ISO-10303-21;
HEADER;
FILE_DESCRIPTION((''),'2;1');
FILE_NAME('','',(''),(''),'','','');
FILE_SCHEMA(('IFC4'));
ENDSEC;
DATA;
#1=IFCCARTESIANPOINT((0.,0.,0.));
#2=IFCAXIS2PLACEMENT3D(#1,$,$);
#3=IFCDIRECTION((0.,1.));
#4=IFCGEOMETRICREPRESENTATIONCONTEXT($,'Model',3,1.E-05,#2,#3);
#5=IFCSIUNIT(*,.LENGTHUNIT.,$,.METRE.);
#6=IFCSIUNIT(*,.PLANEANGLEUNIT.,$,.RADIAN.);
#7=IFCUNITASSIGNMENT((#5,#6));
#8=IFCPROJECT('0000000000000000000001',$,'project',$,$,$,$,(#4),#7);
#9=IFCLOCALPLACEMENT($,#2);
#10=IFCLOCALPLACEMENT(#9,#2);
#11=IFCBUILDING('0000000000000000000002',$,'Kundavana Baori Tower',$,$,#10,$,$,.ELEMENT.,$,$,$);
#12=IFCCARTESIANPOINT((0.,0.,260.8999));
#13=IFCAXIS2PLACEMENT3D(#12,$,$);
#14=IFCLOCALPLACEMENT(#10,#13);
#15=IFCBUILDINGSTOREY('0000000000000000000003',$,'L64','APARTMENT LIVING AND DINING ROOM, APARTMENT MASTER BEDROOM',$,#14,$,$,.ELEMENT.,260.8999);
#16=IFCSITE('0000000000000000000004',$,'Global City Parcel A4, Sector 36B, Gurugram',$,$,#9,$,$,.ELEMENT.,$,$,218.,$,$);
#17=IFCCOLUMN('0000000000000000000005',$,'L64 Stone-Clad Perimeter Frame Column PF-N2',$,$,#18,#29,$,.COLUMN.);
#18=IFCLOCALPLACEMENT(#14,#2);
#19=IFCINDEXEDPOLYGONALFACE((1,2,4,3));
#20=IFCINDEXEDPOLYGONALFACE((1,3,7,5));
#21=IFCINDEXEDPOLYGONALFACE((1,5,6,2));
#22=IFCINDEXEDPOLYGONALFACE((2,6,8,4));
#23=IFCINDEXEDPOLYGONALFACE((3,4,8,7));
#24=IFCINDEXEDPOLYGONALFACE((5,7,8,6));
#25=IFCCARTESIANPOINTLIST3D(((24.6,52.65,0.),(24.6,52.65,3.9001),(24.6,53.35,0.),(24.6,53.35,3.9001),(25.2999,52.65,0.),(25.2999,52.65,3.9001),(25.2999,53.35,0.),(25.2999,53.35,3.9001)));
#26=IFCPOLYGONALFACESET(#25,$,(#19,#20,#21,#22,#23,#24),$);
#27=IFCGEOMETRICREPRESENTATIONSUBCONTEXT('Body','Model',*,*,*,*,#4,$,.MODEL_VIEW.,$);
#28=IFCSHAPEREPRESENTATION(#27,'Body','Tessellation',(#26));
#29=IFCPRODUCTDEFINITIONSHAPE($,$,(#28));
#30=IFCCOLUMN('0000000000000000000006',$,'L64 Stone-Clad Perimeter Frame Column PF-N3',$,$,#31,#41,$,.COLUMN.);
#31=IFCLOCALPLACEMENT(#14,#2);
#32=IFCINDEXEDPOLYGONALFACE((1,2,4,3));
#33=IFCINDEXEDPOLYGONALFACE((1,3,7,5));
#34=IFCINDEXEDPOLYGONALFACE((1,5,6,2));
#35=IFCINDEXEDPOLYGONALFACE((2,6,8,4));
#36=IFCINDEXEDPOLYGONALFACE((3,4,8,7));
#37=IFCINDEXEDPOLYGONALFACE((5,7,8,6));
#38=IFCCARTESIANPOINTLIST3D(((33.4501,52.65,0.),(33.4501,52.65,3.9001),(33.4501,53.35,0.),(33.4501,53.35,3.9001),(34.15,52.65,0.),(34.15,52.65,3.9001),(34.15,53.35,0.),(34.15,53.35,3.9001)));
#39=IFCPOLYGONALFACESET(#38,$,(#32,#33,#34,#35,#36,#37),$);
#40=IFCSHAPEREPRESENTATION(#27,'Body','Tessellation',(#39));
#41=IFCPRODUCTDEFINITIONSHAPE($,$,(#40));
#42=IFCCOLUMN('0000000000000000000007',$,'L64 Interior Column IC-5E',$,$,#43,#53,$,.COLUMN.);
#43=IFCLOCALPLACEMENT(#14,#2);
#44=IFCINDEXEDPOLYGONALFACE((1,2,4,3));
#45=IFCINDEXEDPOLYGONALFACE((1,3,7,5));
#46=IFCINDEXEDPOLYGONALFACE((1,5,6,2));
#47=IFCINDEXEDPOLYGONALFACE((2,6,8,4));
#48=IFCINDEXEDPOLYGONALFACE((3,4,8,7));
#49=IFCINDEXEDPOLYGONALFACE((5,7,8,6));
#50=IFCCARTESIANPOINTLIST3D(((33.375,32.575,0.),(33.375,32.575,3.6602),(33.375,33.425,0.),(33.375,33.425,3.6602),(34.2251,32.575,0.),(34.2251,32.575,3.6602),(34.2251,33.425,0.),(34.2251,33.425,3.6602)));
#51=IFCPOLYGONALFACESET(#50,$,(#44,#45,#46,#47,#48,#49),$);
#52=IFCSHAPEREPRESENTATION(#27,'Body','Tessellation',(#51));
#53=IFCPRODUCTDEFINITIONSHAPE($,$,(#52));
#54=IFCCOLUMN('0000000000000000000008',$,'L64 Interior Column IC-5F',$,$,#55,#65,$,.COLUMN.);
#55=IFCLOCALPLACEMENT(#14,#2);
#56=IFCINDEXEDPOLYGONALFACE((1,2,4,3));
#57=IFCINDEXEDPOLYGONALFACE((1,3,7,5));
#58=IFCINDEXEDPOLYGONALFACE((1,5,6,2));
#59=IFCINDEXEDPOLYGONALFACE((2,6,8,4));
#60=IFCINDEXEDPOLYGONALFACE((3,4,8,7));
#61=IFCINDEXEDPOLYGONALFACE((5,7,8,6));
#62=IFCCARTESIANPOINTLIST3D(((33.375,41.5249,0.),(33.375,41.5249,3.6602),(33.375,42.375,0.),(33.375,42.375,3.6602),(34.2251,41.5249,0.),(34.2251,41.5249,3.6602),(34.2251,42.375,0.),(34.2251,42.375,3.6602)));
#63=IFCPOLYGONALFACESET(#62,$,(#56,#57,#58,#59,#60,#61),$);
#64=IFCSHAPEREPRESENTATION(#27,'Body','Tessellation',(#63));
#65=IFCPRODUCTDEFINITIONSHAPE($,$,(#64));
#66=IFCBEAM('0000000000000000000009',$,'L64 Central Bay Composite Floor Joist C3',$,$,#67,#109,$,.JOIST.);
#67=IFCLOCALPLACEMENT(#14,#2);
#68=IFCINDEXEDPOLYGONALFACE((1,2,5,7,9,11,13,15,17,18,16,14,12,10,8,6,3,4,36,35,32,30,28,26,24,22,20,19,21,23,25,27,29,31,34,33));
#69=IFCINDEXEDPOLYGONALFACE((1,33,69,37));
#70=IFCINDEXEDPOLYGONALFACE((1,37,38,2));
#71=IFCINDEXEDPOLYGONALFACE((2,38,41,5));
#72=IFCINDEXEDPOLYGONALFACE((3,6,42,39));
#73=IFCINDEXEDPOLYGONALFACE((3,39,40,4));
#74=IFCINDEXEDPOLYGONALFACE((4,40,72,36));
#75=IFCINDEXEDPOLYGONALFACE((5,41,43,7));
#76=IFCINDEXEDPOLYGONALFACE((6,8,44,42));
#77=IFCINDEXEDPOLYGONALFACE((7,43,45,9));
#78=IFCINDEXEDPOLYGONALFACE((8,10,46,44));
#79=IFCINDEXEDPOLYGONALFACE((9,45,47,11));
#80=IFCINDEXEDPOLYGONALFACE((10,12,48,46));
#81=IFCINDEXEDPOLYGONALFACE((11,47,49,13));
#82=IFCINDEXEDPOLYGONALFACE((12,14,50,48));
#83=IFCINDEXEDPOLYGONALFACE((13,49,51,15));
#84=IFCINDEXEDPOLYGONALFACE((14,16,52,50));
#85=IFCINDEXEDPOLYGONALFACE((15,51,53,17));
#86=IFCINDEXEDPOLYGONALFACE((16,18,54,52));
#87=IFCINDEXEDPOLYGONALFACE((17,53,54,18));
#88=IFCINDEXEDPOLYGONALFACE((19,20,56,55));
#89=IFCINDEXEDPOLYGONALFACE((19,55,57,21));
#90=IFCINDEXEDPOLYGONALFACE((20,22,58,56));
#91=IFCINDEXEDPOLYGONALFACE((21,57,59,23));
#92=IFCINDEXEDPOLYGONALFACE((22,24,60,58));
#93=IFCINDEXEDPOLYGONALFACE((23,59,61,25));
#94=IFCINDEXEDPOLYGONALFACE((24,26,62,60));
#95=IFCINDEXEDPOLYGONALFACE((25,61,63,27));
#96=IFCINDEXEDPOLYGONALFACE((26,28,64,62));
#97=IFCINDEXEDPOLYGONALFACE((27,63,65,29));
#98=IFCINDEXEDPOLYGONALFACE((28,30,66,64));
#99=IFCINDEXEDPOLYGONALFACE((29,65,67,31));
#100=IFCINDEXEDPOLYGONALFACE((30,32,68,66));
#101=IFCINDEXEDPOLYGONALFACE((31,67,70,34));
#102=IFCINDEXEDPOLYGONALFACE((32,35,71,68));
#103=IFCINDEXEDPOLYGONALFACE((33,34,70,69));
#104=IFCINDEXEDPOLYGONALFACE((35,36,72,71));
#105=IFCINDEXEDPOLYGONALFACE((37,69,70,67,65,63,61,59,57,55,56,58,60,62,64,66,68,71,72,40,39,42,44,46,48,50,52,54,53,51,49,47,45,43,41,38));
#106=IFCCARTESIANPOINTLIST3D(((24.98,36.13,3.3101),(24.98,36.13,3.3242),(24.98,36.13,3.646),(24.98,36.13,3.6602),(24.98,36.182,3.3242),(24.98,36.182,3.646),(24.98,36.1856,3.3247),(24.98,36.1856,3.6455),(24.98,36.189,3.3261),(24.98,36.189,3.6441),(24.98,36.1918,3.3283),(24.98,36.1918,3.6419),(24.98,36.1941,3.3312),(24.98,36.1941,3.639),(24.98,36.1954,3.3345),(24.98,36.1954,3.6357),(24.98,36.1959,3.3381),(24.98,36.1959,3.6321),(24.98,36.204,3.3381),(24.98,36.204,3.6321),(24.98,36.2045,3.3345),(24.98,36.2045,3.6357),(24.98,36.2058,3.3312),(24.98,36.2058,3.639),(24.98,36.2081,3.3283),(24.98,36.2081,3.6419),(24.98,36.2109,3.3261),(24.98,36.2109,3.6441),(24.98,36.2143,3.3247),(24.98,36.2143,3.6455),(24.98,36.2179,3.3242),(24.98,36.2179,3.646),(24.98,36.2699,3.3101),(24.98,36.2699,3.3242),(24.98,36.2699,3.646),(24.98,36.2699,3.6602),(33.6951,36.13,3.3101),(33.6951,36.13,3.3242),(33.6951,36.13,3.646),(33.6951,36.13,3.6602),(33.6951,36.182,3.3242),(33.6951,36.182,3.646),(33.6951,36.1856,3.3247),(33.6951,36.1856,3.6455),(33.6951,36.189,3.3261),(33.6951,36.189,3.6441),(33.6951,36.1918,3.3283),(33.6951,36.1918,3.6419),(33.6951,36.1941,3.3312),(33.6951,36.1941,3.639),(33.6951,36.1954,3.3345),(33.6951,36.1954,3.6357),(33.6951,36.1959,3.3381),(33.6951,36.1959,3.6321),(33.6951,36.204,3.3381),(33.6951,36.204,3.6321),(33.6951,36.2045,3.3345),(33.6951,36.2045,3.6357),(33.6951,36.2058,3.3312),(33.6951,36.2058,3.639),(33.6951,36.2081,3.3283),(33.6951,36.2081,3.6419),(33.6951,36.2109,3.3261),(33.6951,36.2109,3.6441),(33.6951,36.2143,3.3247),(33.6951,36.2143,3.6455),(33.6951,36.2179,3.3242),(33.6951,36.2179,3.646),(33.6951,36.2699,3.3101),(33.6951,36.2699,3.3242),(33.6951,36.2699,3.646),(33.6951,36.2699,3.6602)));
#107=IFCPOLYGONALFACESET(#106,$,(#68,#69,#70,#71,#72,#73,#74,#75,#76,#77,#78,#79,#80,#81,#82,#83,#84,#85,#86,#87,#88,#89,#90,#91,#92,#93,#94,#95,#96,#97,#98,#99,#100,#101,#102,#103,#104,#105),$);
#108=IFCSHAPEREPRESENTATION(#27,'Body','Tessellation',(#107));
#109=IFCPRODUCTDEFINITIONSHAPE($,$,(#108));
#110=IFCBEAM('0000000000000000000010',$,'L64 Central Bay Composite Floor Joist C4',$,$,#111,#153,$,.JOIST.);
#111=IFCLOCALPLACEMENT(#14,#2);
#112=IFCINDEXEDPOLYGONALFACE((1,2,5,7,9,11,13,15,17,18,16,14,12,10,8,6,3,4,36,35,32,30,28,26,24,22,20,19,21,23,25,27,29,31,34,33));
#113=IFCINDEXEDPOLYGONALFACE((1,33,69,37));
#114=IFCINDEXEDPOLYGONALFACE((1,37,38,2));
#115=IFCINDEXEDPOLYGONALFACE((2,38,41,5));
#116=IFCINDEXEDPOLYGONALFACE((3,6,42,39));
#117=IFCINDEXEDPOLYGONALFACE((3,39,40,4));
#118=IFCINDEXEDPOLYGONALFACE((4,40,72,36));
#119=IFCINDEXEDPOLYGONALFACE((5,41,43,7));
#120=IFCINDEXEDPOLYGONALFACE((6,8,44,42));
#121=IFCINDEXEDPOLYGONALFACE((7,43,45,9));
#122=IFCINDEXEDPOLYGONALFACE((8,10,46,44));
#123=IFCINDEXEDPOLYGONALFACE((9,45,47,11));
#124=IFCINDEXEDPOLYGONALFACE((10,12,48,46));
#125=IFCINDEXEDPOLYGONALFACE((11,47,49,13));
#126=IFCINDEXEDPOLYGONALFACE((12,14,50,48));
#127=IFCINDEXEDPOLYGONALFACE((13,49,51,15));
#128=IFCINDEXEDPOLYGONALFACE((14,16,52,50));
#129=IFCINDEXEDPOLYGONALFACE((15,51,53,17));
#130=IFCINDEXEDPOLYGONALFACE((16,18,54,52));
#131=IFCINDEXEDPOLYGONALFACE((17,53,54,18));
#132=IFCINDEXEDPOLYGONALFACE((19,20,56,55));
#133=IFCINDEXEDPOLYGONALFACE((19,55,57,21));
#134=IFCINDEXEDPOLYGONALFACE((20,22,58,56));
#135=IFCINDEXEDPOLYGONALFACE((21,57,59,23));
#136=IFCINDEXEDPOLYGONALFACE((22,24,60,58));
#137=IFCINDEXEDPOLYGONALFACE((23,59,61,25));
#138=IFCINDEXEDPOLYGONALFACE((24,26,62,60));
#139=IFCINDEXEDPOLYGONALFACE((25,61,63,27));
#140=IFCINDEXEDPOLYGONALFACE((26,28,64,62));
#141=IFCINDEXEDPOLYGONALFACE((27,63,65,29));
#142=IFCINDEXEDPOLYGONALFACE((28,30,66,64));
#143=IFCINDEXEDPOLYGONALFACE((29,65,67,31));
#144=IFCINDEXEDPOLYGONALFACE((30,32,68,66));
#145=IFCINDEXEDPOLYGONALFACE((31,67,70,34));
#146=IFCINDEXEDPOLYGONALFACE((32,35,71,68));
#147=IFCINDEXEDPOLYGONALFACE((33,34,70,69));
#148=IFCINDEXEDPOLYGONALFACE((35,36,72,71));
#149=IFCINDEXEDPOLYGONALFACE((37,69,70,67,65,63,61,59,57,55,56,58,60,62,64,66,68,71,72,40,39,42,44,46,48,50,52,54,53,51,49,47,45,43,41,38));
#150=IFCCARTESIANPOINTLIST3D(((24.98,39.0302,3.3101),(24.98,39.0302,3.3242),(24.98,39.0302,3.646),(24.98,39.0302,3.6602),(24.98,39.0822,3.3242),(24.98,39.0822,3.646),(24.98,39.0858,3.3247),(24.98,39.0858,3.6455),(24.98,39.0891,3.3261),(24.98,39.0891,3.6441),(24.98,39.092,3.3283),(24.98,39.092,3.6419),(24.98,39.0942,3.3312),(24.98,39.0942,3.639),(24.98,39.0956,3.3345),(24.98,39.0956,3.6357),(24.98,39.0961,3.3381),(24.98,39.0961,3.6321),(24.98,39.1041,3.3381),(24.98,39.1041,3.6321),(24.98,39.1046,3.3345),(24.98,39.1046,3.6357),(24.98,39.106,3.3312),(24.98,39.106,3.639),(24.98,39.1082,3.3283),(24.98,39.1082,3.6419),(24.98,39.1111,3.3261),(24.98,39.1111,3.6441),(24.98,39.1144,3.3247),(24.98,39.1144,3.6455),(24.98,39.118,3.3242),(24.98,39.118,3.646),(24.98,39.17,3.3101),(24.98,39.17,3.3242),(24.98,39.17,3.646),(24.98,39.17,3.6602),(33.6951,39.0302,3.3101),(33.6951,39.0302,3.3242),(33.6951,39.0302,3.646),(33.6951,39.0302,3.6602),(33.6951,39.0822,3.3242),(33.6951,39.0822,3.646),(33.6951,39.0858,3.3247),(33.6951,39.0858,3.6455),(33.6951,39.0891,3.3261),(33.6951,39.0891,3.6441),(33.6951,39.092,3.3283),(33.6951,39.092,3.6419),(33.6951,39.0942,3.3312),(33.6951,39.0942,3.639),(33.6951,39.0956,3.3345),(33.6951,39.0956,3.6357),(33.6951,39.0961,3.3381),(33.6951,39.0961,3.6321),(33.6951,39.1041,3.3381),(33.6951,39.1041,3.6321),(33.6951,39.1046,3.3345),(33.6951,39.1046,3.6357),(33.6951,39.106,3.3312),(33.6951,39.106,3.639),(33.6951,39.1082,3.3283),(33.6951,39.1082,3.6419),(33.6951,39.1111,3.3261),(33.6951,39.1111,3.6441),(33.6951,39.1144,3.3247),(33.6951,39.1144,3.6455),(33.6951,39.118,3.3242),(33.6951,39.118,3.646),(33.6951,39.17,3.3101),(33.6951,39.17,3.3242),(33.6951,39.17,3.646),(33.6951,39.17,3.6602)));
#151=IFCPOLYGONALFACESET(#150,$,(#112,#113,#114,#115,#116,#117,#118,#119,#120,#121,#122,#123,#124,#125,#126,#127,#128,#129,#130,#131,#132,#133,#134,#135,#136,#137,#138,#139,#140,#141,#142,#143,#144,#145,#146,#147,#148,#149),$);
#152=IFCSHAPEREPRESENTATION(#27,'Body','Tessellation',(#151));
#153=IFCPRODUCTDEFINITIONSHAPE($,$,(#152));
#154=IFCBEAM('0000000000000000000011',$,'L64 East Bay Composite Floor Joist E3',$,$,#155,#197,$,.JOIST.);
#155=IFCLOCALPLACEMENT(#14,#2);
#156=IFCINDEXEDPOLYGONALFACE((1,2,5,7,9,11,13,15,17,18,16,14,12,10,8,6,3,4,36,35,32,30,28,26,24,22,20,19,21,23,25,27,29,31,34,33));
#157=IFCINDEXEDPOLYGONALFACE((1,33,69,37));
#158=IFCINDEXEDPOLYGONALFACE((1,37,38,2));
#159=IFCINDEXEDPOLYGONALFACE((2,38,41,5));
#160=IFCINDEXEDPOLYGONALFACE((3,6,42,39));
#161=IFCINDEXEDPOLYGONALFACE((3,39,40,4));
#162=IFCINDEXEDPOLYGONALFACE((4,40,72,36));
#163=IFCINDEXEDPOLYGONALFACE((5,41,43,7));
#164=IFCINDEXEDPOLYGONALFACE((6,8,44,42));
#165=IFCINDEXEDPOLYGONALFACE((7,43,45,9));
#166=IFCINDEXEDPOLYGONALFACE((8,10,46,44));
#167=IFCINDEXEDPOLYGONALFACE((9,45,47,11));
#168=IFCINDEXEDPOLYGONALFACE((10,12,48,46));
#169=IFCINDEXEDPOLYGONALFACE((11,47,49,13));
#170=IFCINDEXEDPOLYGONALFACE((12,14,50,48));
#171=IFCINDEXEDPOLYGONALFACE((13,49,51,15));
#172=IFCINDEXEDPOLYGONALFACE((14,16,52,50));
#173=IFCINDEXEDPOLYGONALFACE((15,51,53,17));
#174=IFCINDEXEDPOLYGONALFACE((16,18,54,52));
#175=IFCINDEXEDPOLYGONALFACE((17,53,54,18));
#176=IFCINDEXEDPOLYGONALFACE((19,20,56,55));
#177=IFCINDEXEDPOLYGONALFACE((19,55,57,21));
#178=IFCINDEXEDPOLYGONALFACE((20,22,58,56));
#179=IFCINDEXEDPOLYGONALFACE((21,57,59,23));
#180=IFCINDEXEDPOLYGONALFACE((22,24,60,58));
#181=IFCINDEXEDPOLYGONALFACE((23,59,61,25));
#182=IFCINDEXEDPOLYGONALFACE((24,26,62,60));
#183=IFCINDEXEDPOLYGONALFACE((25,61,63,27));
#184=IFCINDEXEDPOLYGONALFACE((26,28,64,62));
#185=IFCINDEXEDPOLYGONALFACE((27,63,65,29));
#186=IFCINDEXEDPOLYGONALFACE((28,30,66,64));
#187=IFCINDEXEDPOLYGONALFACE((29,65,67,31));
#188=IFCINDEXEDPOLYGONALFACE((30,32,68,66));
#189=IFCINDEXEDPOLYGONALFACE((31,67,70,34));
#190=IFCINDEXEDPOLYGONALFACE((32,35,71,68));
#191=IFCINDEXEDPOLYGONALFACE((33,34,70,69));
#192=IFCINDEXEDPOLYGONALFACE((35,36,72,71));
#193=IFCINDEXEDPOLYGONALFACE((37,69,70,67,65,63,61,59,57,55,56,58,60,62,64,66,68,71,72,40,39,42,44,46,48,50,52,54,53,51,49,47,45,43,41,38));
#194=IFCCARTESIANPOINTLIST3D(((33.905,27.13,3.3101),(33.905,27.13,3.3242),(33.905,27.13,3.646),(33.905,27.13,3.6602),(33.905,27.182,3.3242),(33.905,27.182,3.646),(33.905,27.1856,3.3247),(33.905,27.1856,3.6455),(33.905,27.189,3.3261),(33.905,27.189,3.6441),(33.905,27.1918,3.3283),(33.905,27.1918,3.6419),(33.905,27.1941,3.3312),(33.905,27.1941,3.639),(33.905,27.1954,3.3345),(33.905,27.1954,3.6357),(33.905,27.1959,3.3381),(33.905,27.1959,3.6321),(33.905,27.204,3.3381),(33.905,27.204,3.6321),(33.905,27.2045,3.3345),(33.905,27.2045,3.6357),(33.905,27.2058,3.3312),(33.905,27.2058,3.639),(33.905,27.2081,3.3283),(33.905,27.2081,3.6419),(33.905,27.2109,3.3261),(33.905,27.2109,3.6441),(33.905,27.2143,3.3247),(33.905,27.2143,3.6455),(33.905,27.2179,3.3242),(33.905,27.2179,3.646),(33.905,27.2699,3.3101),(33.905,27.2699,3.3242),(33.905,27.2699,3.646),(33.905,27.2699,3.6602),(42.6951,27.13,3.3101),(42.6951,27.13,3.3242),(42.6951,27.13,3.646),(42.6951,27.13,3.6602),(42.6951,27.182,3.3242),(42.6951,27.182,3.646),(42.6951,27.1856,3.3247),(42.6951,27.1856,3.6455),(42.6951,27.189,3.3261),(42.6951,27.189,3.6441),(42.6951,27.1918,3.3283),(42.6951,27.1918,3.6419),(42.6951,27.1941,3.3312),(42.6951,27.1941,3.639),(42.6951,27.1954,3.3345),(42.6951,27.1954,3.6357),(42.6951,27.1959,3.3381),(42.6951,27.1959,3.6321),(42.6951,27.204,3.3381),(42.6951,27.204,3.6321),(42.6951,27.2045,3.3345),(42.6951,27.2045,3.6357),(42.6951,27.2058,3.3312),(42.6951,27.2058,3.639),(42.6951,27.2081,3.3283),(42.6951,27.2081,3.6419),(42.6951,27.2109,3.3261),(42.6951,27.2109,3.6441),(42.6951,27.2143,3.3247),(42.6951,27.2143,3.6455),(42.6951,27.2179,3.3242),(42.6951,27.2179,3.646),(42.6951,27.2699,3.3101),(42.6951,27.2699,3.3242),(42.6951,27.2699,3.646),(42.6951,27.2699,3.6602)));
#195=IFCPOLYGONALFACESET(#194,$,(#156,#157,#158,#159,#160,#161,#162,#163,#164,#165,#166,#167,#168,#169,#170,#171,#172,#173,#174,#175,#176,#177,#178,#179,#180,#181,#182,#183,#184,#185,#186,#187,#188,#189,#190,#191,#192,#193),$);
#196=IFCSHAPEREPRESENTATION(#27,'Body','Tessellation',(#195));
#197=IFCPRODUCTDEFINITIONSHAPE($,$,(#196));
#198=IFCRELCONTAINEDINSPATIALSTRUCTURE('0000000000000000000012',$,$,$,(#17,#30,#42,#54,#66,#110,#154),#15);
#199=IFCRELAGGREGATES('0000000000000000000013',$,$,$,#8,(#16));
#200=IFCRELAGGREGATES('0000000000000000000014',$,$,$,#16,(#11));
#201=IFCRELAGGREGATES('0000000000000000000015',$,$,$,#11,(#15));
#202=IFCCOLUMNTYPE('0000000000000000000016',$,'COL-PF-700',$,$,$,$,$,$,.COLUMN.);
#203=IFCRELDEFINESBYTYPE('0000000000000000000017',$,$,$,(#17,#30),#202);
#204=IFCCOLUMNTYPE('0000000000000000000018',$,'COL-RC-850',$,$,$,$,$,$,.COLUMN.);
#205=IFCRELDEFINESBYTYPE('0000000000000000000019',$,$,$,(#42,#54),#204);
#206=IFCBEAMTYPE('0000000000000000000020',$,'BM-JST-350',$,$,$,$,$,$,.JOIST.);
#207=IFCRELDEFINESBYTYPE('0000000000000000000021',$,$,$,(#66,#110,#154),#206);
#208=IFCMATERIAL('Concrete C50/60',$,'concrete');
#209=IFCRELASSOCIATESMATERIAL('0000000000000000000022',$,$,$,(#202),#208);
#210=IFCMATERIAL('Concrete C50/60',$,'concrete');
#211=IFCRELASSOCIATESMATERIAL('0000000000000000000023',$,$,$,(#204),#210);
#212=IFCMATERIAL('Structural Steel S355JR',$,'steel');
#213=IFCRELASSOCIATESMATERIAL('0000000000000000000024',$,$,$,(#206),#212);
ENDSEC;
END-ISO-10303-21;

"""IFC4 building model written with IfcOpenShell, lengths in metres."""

from ifc_helpers import new_model, si_unit, direction, frame, origin, origin_2d, place, context, subcontext, project, spatial, rectangle, i_section, extrude, material, material_profile, profile_set, type_object, element, save


model = new_model("IFC4")

# Units and contexts
model_context = context("Model", 3, precision=1e-05, world=origin(), true_north=direction((0.0, 1.0)))
body_context = subcontext(model_context, "Body", "Model", "MODEL_VIEW")
ifc_project = project(units=[si_unit("LENGTHUNIT", "METRE"), si_unit("PLANEANGLEUNIT", "RADIAN")], contexts=[model_context])

# Site, building, storey
site_placement = place(None, origin())
site = spatial("IfcSite", under=ifc_project, at=site_placement, Name="Global City Parcel A4, Sector 36B, Gurugram", CompositionType="ELEMENT", RefElevation=218.0)
building_placement = place(site_placement, origin())
building = spatial("IfcBuilding", under=site, at=building_placement, Name="Kundavana Baori Tower", CompositionType="ELEMENT")
storey_placement = place(building_placement, frame((0.0, 0.0, 260.8999)))
storey = spatial("IfcBuildingStorey", under=building, at=storey_placement, Name="L64", Description="APARTMENT LIVING AND DINING ROOM, APARTMENT MASTER BEDROOM", CompositionType="ELEMENT", Elevation=260.8999)

# Columns
ifc_material_1 = material(Name="Concrete C50/60", Category="concrete")
ifc_material_profile_1 = material_profile(ifc_material_1, rectangle(XDim=0.7, YDim=0.7, at=origin_2d()), Name="RC PF 700x700")
ifc_profile_set_1 = profile_set([ifc_material_profile_1], Name="Concrete C50/60")
column_type_1 = type_object("IfcColumnType", Name="COL-PF-700", PredefinedType="COLUMN", material=ifc_profile_set_1)
for number, where, z_axis, x_axis, name in (
    (1, (24.95, 53.0, 0.0), (0.0, 0.0, 1.0), (1.0, 0.0, 0.0), "L64 Stone-Clad Perimeter Frame Column PF-N2"),
    (2, (33.8, 53.0, 0.0), (0.0, 0.0, 1.0), (1.0, 0.0, 0.0), "L64 Stone-Clad Perimeter Frame Column PF-N3"),
):
    element("IfcColumn", number, at=place(storey_placement, frame(where, z_axis=z_axis, x_axis=x_axis)), inside=storey, type_object=column_type_1, Name=name, PredefinedType="COLUMN", context=body_context, shape_type="SweptSolid", body=[
        extrude(rectangle(XDim=0.7, YDim=0.7, at=origin_2d()), origin(), (0.0, 0.0, 1.0), 3.9001),
    ])
ifc_material_2 = material(Name="Concrete C50/60", Category="concrete")
ifc_material_profile_2 = material_profile(ifc_material_2, rectangle(XDim=0.8501, YDim=0.8501, at=origin_2d()), Name="RC 850x850")
ifc_profile_set_2 = profile_set([ifc_material_profile_2], Name="Concrete C50/60")
column_type_2 = type_object("IfcColumnType", Name="COL-RC-850", PredefinedType="COLUMN", material=ifc_profile_set_2)
for number, where, z_axis, x_axis, name in (
    (3, (33.8, 33.0, 0.0), (0.0, 0.0, 1.0), (1.0, 0.0, 0.0), "L64 Interior Column IC-5E"),
    (4, (33.8, 41.95, 0.0), (0.0, 0.0, 1.0), (1.0, 0.0, 0.0), "L64 Interior Column IC-5F"),
):
    element("IfcColumn", number, at=place(storey_placement, frame(where, z_axis=z_axis, x_axis=x_axis)), inside=storey, type_object=column_type_2, Name=name, PredefinedType="COLUMN", context=body_context, shape_type="SweptSolid", body=[
        extrude(rectangle(XDim=0.8501, YDim=0.8501, at=origin_2d()), origin(), (0.0, 0.0, 1.0), 3.6602),
    ])

# Beams
ifc_material_3 = material(Name="Structural Steel S355JR", Category="steel")
ifc_material_profile_3 = material_profile(ifc_material_3, i_section(OverallWidth=0.1399, OverallDepth=0.3501, WebThickness=0.0081, FlangeThickness=0.0142, FilletRadius=0.0139, at=origin_2d()), Name="ISMB 350")
ifc_profile_set_3 = profile_set([ifc_material_profile_3], Name="Structural Steel S355JR")
beam_type_1 = type_object("IfcBeamType", Name="BM-JST-350", PredefinedType="JOIST", material=ifc_profile_set_3)
for number, where, z_axis, x_axis, name in (
    (5, (24.98, 36.2, 3.4851), (1.0, 0.0, 0.0), (0.0, 1.0, 0.0), "L64 Central Bay Composite Floor Joist C3"),
    (6, (24.98, 39.1001, 3.4851), (1.0, 0.0, 0.0), (0.0, 1.0, 0.0), "L64 Central Bay Composite Floor Joist C4"),
):
    element("IfcBeam", number, at=place(storey_placement, frame(where, z_axis=z_axis, x_axis=x_axis)), inside=storey, type_object=beam_type_1, Name=name, PredefinedType="JOIST", context=body_context, shape_type="SweptSolid", body=[
        extrude(i_section(OverallWidth=0.1399, OverallDepth=0.3501, WebThickness=0.0081, FlangeThickness=0.0142, FilletRadius=0.0139, at=origin_2d()), origin(), (0.0, 0.0, 1.0), 8.7151),
    ])
beam_1_placement = place(storey_placement, frame((33.905, 27.2, 3.4851), z_axis=(1.0, 0.0, 0.0), x_axis=(0.0, 1.0, 0.0)))
element("IfcBeam", 7, at=beam_1_placement, inside=storey, type_object=beam_type_1, Name="L64 East Bay Composite Floor Joist E3", PredefinedType="JOIST", context=body_context, shape_type="SweptSolid", body=[
    extrude(i_section(OverallWidth=0.1399, OverallDepth=0.3501, WebThickness=0.0081, FlangeThickness=0.0142, FilletRadius=0.0139, at=origin_2d()), origin(), (0.0, 0.0, 1.0), 8.79),
])

save(model, "model.ifc")
